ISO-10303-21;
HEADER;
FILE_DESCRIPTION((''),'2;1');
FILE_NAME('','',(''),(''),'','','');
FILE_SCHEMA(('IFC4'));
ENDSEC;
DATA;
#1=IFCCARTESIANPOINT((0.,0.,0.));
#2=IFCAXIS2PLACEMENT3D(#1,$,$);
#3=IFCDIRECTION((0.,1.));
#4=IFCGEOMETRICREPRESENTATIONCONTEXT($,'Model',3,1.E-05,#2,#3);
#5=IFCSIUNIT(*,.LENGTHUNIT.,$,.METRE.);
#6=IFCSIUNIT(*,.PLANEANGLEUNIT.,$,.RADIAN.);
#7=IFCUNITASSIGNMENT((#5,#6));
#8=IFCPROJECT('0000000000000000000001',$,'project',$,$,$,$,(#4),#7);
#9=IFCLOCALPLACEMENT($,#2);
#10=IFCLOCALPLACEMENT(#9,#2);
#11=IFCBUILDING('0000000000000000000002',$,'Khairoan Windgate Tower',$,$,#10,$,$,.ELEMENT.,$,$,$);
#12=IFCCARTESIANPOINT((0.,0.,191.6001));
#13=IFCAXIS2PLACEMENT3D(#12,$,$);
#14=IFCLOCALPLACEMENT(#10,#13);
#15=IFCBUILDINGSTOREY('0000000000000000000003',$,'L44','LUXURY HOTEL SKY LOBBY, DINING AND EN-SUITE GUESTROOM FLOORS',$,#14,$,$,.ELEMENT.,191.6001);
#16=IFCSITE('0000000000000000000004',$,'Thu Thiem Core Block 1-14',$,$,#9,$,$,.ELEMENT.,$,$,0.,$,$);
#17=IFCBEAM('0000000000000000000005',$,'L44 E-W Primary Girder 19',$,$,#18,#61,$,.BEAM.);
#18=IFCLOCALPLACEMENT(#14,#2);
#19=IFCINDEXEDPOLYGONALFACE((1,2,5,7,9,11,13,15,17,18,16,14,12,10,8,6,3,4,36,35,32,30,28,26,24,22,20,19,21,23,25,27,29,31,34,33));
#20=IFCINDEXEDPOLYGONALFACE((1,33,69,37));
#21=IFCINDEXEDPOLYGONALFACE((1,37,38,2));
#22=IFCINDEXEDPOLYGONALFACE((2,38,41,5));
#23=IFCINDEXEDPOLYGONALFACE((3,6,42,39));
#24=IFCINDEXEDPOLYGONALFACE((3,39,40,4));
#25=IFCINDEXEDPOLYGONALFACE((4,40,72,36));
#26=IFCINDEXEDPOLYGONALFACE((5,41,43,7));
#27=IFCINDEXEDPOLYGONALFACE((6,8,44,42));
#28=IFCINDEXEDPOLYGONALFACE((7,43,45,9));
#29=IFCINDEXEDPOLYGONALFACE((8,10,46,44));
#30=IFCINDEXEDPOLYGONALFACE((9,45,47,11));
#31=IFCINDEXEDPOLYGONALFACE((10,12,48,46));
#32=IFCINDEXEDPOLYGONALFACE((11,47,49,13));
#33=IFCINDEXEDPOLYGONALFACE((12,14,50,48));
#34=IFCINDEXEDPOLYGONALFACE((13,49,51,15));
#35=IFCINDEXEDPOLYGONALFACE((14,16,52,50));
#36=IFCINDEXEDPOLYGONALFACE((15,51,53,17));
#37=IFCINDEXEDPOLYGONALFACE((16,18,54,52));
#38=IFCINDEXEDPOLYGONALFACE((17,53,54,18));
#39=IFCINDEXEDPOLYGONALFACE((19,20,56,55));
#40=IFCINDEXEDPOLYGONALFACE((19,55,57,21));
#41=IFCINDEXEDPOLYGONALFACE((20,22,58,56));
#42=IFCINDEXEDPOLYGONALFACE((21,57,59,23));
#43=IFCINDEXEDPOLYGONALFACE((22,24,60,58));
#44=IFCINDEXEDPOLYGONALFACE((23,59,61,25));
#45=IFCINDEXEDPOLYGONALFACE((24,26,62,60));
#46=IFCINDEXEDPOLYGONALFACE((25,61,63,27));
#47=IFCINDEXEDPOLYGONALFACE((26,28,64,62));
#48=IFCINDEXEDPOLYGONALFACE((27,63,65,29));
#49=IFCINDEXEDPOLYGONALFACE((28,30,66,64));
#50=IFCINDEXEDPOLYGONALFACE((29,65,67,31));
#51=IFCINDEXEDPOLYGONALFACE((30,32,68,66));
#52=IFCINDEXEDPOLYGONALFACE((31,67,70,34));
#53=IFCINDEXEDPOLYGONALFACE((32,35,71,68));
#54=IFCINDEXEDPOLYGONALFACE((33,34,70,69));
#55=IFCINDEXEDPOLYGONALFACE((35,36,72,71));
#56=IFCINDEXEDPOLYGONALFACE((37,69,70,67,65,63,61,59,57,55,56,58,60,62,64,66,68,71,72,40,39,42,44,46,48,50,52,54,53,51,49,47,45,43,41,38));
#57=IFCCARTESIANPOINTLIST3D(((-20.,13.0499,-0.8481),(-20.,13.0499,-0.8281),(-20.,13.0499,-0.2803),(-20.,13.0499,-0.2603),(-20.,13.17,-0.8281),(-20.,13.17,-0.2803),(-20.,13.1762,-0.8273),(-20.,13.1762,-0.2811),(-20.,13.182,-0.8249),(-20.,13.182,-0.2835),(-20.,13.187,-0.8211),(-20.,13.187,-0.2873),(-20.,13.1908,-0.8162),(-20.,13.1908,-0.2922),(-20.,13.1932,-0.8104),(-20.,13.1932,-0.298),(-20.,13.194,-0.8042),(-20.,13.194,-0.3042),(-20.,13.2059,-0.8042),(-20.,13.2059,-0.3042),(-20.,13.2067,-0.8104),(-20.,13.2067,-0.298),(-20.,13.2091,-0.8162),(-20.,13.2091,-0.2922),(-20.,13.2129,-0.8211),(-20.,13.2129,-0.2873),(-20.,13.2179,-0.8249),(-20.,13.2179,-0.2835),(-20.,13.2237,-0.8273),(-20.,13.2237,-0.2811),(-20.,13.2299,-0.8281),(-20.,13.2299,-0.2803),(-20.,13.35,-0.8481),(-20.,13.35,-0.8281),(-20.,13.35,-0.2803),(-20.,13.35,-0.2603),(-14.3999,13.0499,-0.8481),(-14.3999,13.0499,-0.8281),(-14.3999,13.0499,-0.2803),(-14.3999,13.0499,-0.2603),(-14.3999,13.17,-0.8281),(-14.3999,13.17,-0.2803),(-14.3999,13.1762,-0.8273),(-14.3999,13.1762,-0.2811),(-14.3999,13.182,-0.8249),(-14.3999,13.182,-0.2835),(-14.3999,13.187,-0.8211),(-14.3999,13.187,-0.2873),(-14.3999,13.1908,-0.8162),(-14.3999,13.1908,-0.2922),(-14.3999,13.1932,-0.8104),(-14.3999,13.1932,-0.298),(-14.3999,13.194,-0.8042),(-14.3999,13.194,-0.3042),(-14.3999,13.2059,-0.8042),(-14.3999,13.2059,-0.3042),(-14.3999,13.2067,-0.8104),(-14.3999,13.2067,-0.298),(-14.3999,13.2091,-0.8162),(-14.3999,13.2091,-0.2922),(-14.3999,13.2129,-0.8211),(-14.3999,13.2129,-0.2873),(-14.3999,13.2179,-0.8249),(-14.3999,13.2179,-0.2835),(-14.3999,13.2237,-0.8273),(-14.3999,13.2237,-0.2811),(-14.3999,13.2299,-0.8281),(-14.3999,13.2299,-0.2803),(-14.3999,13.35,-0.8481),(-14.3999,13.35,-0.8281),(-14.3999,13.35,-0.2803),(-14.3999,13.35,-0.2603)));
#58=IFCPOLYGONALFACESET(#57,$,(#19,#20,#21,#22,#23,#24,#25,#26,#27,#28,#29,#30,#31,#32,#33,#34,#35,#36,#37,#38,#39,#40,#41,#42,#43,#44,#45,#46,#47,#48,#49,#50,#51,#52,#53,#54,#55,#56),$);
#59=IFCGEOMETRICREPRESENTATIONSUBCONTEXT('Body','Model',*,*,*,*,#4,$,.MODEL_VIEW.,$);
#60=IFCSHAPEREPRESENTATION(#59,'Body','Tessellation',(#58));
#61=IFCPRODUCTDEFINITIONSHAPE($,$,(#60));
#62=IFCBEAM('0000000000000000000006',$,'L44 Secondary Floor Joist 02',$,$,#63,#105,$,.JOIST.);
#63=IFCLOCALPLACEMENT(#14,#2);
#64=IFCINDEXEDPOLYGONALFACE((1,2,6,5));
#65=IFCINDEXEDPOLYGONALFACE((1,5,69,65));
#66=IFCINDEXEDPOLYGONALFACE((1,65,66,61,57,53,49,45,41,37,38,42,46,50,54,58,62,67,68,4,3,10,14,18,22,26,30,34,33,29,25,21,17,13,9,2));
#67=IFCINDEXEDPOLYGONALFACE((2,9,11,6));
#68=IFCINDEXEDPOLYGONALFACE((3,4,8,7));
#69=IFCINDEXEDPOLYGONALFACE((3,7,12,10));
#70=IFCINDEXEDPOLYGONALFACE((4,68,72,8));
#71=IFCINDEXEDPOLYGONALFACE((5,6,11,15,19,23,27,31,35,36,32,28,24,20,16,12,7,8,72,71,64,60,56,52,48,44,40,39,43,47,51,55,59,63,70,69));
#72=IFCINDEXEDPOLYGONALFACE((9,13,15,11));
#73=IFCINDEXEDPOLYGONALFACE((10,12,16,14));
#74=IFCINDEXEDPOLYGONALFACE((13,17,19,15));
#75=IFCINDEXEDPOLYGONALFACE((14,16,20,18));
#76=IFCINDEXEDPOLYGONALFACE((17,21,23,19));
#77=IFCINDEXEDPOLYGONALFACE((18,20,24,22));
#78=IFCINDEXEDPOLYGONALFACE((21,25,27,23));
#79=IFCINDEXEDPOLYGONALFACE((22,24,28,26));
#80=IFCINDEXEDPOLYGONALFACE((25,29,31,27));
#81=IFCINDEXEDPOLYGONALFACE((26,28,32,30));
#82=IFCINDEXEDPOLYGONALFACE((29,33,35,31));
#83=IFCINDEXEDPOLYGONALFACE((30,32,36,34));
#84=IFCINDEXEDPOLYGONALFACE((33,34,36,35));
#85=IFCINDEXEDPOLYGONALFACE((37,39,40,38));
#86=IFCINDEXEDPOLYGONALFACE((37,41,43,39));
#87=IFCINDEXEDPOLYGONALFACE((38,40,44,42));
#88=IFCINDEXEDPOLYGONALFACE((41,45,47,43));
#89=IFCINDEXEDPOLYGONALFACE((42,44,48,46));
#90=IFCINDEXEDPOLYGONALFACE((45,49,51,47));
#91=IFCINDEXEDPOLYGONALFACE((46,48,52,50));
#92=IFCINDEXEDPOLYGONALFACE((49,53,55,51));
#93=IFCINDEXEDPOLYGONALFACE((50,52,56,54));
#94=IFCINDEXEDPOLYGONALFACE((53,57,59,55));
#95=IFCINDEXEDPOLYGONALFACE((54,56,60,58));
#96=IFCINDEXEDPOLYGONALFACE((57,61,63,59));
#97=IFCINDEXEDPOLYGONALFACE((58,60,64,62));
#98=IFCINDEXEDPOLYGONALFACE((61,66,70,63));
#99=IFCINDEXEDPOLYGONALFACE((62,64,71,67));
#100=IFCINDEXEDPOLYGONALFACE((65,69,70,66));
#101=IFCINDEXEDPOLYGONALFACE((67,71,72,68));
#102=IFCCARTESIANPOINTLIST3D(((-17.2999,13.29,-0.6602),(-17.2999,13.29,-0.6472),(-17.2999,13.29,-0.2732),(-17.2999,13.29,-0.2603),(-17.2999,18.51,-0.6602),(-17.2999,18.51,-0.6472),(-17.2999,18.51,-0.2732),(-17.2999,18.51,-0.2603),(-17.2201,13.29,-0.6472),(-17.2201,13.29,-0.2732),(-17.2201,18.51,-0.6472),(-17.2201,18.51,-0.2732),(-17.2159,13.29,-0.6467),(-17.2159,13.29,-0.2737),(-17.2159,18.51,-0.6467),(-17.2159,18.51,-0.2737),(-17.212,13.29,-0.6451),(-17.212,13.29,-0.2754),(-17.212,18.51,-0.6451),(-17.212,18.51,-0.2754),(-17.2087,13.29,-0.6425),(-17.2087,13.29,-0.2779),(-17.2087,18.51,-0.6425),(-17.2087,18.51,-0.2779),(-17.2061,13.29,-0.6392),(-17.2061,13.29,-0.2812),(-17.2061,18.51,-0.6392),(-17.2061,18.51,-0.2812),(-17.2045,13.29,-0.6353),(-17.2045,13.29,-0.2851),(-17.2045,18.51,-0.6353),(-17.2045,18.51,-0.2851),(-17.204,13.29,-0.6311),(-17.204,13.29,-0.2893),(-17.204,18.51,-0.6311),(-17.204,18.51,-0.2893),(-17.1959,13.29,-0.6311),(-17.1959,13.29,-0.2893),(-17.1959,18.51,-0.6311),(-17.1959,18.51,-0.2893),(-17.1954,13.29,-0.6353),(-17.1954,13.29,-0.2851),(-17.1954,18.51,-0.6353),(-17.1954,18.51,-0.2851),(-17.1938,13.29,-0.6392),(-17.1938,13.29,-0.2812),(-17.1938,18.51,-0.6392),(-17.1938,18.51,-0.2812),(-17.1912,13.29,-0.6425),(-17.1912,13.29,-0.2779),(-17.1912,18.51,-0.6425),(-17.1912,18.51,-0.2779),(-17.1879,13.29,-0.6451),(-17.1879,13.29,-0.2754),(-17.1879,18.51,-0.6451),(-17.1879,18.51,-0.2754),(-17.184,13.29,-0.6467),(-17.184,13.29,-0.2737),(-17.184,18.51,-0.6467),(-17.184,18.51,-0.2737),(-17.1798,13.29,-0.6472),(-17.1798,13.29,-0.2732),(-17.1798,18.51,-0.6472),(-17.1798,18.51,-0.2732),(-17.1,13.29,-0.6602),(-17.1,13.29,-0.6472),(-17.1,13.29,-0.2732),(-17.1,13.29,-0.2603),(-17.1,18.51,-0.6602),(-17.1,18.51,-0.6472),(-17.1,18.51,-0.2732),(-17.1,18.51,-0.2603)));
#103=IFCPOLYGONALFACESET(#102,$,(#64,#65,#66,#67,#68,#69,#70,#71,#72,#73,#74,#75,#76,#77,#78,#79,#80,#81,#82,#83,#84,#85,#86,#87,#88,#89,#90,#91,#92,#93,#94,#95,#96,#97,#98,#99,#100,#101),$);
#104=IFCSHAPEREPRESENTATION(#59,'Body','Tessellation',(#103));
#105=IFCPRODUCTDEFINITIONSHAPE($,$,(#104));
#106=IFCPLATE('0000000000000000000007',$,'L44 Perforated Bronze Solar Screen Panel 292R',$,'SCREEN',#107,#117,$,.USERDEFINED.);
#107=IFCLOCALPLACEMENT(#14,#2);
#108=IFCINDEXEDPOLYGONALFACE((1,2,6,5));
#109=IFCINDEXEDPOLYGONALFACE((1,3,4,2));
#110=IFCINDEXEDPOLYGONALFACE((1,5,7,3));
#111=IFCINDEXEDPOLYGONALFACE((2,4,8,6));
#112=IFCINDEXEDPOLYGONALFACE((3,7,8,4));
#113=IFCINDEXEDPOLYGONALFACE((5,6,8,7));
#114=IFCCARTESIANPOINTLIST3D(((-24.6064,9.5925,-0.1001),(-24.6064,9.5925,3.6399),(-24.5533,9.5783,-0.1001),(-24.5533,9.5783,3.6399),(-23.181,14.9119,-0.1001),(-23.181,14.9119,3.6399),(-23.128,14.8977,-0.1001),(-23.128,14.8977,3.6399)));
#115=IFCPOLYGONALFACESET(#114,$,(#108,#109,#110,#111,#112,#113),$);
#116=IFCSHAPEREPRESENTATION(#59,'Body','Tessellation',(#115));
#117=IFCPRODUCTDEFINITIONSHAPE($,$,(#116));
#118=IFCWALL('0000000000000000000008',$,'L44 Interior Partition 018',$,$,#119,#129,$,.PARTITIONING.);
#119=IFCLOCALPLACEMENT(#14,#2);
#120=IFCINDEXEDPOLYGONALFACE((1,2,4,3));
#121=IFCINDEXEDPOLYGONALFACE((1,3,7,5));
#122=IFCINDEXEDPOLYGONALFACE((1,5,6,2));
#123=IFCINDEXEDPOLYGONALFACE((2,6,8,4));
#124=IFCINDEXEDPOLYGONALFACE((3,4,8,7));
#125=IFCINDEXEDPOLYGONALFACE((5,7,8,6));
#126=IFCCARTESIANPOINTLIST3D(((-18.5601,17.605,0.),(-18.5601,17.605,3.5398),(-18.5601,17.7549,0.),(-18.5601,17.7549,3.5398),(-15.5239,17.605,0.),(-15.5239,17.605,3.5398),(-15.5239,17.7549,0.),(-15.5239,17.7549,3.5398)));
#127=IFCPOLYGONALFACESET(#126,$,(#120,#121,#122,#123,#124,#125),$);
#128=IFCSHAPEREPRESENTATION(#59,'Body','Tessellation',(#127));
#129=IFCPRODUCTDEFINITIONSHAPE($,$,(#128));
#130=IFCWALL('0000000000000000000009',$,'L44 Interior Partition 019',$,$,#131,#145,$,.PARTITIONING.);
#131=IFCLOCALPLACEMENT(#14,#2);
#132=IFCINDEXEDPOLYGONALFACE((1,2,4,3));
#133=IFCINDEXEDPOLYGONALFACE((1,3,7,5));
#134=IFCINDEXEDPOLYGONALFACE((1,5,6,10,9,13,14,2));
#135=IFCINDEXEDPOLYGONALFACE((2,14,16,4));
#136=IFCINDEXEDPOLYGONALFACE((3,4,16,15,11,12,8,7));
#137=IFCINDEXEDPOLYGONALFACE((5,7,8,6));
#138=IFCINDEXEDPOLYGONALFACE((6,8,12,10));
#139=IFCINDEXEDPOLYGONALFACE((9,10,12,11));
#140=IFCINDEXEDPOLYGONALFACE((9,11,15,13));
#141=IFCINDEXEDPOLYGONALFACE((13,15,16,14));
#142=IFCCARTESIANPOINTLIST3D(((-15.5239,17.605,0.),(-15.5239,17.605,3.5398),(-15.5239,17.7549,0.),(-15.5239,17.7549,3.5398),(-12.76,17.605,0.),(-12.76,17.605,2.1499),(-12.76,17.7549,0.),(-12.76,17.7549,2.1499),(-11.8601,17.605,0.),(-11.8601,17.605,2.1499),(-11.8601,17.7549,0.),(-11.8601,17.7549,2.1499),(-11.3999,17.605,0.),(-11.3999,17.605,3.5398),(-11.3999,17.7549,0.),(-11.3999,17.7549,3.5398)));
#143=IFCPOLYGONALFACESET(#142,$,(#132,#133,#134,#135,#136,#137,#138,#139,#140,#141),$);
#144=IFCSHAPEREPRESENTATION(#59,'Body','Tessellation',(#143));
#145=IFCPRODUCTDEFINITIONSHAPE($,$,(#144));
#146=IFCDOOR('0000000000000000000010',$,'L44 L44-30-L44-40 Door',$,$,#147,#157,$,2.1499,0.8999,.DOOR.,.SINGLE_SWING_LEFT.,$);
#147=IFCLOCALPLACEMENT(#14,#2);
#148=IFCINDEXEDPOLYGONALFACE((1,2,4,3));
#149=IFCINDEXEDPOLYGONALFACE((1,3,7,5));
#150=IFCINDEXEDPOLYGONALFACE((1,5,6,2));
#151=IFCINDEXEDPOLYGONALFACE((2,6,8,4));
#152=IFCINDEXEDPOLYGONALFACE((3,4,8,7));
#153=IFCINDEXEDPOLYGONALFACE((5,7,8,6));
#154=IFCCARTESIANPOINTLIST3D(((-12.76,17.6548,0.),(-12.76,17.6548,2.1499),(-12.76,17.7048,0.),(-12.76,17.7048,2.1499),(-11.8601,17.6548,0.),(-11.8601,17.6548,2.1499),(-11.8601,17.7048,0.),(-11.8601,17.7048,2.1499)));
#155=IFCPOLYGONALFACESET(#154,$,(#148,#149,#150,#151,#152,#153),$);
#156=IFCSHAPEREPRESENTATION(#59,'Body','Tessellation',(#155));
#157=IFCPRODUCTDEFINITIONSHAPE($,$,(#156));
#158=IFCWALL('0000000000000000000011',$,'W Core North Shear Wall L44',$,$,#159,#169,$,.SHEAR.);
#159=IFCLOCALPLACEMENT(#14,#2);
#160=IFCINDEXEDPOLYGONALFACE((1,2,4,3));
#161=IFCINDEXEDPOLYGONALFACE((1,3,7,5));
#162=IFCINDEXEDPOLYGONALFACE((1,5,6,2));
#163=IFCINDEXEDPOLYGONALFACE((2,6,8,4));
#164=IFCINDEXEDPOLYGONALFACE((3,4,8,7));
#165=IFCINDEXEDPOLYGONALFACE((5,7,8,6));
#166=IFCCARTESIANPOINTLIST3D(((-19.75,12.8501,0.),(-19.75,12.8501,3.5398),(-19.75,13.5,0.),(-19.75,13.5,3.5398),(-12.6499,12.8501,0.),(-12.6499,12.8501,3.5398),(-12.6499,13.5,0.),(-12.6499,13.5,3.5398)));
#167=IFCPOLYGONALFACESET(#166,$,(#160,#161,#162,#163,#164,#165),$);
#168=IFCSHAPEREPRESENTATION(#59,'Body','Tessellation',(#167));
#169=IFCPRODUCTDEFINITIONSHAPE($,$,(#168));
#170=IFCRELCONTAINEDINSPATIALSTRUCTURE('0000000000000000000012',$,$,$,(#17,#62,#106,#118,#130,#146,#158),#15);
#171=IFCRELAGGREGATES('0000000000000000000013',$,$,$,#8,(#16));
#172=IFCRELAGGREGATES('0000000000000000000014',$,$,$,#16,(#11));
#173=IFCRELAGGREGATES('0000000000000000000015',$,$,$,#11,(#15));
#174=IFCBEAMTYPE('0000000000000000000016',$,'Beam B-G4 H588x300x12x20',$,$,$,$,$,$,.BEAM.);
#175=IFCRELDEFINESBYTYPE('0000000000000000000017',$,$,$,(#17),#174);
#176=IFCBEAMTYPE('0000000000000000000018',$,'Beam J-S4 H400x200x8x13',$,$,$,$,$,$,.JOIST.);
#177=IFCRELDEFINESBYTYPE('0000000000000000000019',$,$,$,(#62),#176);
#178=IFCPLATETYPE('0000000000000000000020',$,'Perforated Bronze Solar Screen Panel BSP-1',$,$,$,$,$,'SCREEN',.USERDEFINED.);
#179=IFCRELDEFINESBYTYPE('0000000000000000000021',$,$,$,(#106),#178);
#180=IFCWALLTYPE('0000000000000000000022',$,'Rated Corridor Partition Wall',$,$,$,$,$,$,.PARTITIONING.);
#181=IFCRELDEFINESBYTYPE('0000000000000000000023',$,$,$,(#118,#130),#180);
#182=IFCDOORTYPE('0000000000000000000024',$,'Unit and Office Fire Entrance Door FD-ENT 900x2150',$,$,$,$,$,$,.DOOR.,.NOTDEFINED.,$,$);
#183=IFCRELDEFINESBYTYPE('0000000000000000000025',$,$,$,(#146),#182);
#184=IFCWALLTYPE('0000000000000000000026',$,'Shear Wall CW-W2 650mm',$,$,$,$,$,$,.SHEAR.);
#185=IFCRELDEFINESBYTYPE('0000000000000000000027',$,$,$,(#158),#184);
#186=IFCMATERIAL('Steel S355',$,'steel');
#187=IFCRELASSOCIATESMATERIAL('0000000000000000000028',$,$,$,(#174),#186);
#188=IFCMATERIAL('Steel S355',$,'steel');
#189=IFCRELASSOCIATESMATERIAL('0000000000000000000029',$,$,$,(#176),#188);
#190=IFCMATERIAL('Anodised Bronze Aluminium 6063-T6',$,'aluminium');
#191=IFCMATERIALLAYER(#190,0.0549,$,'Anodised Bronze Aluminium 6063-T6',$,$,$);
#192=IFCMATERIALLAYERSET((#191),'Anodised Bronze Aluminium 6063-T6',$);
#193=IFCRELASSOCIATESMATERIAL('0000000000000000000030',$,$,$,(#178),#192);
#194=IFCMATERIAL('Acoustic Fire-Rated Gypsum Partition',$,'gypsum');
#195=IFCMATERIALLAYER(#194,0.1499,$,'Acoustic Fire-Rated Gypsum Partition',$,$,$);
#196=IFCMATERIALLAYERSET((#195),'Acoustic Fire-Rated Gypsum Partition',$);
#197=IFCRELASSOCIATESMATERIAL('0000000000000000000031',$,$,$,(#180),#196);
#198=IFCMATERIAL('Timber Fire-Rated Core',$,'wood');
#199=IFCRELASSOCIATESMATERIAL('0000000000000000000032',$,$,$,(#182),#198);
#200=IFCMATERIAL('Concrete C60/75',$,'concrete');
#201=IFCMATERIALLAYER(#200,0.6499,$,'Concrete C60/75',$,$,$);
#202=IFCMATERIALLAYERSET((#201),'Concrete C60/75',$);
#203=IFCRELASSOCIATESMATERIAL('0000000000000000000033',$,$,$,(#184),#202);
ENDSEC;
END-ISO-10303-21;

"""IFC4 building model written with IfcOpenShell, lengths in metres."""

from ifc_helpers import new_model, si_unit, direction, frame, frame_2d, origin, origin_2d, place, context, subcontext, project, spatial, rectangle, i_section, extrude, material, layer, layer_set, material_profile, profile_set, type_object, element, fill, save


model = new_model("IFC4")

# Units and contexts
model_context = context("Model", 3, precision=1e-05, world=origin(), true_north=direction((0.0, 1.0)))
body_context = subcontext(model_context, "Body", "Model", "MODEL_VIEW")
ifc_project = project(units=[si_unit("LENGTHUNIT", "METRE"), si_unit("PLANEANGLEUNIT", "RADIAN")], contexts=[model_context])

# Site, building, storey
site_placement = place(None, origin())
site = spatial("IfcSite", under=ifc_project, at=site_placement, Name="Thu Thiem Core Block 1-14", CompositionType="ELEMENT", RefElevation=0.0)
building_placement = place(site_placement, origin())
building = spatial("IfcBuilding", under=site, at=building_placement, Name="Khairoan Windgate Tower", CompositionType="ELEMENT")
storey_placement = place(building_placement, frame((0.0, 0.0, 191.6001)))
storey = spatial("IfcBuildingStorey", under=building, at=storey_placement, Name="L44", Description="LUXURY HOTEL SKY LOBBY, DINING AND EN-SUITE GUESTROOM FLOORS", CompositionType="ELEMENT", Elevation=191.6001)

# Beams
ifc_material_1 = material(Name="Steel S355", Category="steel")
ifc_material_profile_1 = material_profile(ifc_material_1, i_section(OverallWidth=0.3, OverallDepth=0.5879, WebThickness=0.012, FlangeThickness=0.02, FilletRadius=0.0239, at=origin_2d()))
ifc_profile_set_1 = profile_set([ifc_material_profile_1], Name="Steel S355")
beam_type_1 = type_object("IfcBeamType", Name="Beam B-G4 H588x300x12x20", PredefinedType="BEAM", material=ifc_profile_set_1)
beam_1_placement = place(storey_placement, frame((-20.0, 13.2, -0.5542), z_axis=(1.0, 0.0, 0.0), x_axis=(0.0, 1.0, 0.0)))
element("IfcBeam", 1, at=beam_1_placement, inside=storey, type_object=beam_type_1, Name="L44 E-W Primary Girder 19", PredefinedType="BEAM", context=body_context, shape_type="SweptSolid", body=[
    extrude(i_section(OverallWidth=0.3, OverallDepth=0.5879, WebThickness=0.012, FlangeThickness=0.02, FilletRadius=0.0239, at=origin_2d()), origin(), (0.0, 0.0, 1.0), 5.6001),
])
ifc_material_2 = material(Name="Steel S355", Category="steel")
ifc_material_profile_2 = material_profile(ifc_material_2, i_section(OverallWidth=0.2, OverallDepth=0.3999, WebThickness=0.0081, FlangeThickness=0.0129, FilletRadius=0.0161, at=origin_2d()))
ifc_profile_set_2 = profile_set([ifc_material_profile_2], Name="Steel S355")
beam_type_2 = type_object("IfcBeamType", Name="Beam J-S4 H400x200x8x13", PredefinedType="JOIST", material=ifc_profile_set_2)
beam_2_placement = place(storey_placement, frame((-17.2, 13.29, -0.4602), z_axis=(0.0, 1.0, 0.0), x_axis=(-1.0, 0.0, 0.0)))
element("IfcBeam", 2, at=beam_2_placement, inside=storey, type_object=beam_type_2, Name="L44 Secondary Floor Joist 02", PredefinedType="JOIST", context=body_context, shape_type="SweptSolid", body=[
    extrude(i_section(OverallWidth=0.2, OverallDepth=0.3999, WebThickness=0.0081, FlangeThickness=0.0129, FilletRadius=0.0161, at=origin_2d()), origin(), (0.0, 0.0, 1.0), 5.22),
])

# Plate
ifc_material_3 = material(Name="Anodised Bronze Aluminium 6063-T6", Category="aluminium")
ifc_layer_1 = layer(ifc_material_3, 0.0549, Name="Anodised Bronze Aluminium 6063-T6")
ifc_layer_set_1 = layer_set([ifc_layer_1], Name="Anodised Bronze Aluminium 6063-T6")
plate_type = type_object("IfcPlateType", Name="Perforated Bronze Solar Screen Panel BSP-1", ElementType="SCREEN", PredefinedType="USERDEFINED", material=ifc_layer_set_1)
plate_placement = place(storey_placement, frame((-23.8672, 12.2451, -0.1001), z_axis=(0.0, 0.0, 1.0), x_axis=(0.258819, 0.965926, 0.0)))
element("IfcPlate", 3, at=plate_placement, inside=storey, type_object=plate_type, Name="L44 Perforated Bronze Solar Screen Panel 292R", ObjectType="SCREEN", PredefinedType="USERDEFINED", context=body_context, shape_type="SweptSolid", body=[
    extrude(rectangle(XDim=5.5071, YDim=0.0549, at=origin_2d()), origin(), (0.0, 0.0, 1.0), 3.74),
])

# Wall
ifc_material_4 = material(Name="Acoustic Fire-Rated Gypsum Partition", Category="gypsum")
ifc_layer_2 = layer(ifc_material_4, 0.1499, Name="Acoustic Fire-Rated Gypsum Partition")
ifc_layer_set_2 = layer_set([ifc_layer_2], Name="Acoustic Fire-Rated Gypsum Partition")
wall_type_1 = type_object("IfcWallType", Name="Rated Corridor Partition Wall", PredefinedType="PARTITIONING", material=ifc_layer_set_2)
wall_1_placement = place(storey_placement, frame((-18.5601, 17.6799, 0.0), z_axis=(0.0, 0.0, 1.0), x_axis=(1.0, 0.0, 0.0)))
element("IfcWall", 4, at=wall_1_placement, inside=storey, type_object=wall_type_1, Name="L44 Interior Partition 018", PredefinedType="PARTITIONING", context=body_context, shape_type="SweptSolid", body=[
    extrude(rectangle(XDim=3.0361, YDim=0.1499, at=frame_2d((1.5181, 0.0))), origin(), (0.0, 0.0, 1.0), 3.5398),
])

# Wall, opening, door
wall_2_placement = place(storey_placement, frame((-15.5239, 17.6799, 0.0), z_axis=(0.0, 0.0, 1.0), x_axis=(1.0, 0.0, 0.0)))
wall_2 = element("IfcWall", 5, at=wall_2_placement, inside=storey, type_object=wall_type_1, Name="L44 Interior Partition 019", PredefinedType="PARTITIONING", context=body_context, shape_type="SweptSolid", body=[
    extrude(rectangle(XDim=4.124, YDim=0.1499, at=frame_2d((2.062, 0.0))), origin(), (0.0, 0.0, 1.0), 3.5398),
])
opening_1_placement = place(wall_2_placement, frame((2.7639, 0.0, 0.0)))
opening_1 = element("IfcOpeningElement", 6, at=opening_1_placement, cuts=wall_2, PredefinedType="OPENING", context=body_context, shape_type="SweptSolid", body=[
    extrude(rectangle(XDim=0.8999, YDim=2.1499, at=frame_2d((0.45, 1.075))), frame((0.0, 0.085, 0.0), z_axis=(0.0, -1.0, 0.0), x_axis=(1.0, 0.0, 0.0)), (0.0, 0.0, 1.0), 0.1699),
])
ifc_material_5 = material(Name="Timber Fire-Rated Core", Category="wood")
door_type = type_object("IfcDoorType", Name="Unit and Office Fire Entrance Door FD-ENT 900x2150", OperationType="NOTDEFINED", PredefinedType="DOOR", material=ifc_material_5)
door_1_placement = place(opening_1_placement, origin())
door_1 = element("IfcDoor", 7, at=door_1_placement, inside=storey, type_object=door_type, Name="L44 L44-30-L44-40 Door", OperationType="SINGLE_SWING_LEFT", OverallHeight=2.1499, OverallWidth=0.8999, PredefinedType="DOOR", context=body_context, shape_type="SweptSolid", body=[
    extrude(rectangle(XDim=0.8999, YDim=2.1499, at=frame_2d((0.45, 1.075))), frame((0.0, 0.0249, 0.0), z_axis=(0.0, -1.0, 0.0), x_axis=(1.0, 0.0, 0.0)), (0.0, 0.0, 1.0), 0.05),
])
fill(opening_1, door_1)

# Wall
ifc_material_6 = material(Name="Concrete C60/75", Category="concrete")
ifc_layer_3 = layer(ifc_material_6, 0.6499, Name="Concrete C60/75")
ifc_layer_set_3 = layer_set([ifc_layer_3], Name="Concrete C60/75")
wall_type_2 = type_object("IfcWallType", Name="Shear Wall CW-W2 650mm", PredefinedType="SHEAR", material=ifc_layer_set_3)
wall_3_placement = place(storey_placement, frame((-19.75, 13.175, 0.0), z_axis=(0.0, 0.0, 1.0), x_axis=(1.0, 0.0, 0.0)))
element("IfcWall", 8, at=wall_3_placement, inside=storey, type_object=wall_type_2, Name="W Core North Shear Wall L44", PredefinedType="SHEAR", context=body_context, shape_type="SweptSolid", body=[
    extrude(rectangle(XDim=7.1001, YDim=0.6499, at=frame_2d((3.55, 0.0))), origin(), (0.0, 0.0, 1.0), 3.5398),
])

save(model, "model.ifc")
